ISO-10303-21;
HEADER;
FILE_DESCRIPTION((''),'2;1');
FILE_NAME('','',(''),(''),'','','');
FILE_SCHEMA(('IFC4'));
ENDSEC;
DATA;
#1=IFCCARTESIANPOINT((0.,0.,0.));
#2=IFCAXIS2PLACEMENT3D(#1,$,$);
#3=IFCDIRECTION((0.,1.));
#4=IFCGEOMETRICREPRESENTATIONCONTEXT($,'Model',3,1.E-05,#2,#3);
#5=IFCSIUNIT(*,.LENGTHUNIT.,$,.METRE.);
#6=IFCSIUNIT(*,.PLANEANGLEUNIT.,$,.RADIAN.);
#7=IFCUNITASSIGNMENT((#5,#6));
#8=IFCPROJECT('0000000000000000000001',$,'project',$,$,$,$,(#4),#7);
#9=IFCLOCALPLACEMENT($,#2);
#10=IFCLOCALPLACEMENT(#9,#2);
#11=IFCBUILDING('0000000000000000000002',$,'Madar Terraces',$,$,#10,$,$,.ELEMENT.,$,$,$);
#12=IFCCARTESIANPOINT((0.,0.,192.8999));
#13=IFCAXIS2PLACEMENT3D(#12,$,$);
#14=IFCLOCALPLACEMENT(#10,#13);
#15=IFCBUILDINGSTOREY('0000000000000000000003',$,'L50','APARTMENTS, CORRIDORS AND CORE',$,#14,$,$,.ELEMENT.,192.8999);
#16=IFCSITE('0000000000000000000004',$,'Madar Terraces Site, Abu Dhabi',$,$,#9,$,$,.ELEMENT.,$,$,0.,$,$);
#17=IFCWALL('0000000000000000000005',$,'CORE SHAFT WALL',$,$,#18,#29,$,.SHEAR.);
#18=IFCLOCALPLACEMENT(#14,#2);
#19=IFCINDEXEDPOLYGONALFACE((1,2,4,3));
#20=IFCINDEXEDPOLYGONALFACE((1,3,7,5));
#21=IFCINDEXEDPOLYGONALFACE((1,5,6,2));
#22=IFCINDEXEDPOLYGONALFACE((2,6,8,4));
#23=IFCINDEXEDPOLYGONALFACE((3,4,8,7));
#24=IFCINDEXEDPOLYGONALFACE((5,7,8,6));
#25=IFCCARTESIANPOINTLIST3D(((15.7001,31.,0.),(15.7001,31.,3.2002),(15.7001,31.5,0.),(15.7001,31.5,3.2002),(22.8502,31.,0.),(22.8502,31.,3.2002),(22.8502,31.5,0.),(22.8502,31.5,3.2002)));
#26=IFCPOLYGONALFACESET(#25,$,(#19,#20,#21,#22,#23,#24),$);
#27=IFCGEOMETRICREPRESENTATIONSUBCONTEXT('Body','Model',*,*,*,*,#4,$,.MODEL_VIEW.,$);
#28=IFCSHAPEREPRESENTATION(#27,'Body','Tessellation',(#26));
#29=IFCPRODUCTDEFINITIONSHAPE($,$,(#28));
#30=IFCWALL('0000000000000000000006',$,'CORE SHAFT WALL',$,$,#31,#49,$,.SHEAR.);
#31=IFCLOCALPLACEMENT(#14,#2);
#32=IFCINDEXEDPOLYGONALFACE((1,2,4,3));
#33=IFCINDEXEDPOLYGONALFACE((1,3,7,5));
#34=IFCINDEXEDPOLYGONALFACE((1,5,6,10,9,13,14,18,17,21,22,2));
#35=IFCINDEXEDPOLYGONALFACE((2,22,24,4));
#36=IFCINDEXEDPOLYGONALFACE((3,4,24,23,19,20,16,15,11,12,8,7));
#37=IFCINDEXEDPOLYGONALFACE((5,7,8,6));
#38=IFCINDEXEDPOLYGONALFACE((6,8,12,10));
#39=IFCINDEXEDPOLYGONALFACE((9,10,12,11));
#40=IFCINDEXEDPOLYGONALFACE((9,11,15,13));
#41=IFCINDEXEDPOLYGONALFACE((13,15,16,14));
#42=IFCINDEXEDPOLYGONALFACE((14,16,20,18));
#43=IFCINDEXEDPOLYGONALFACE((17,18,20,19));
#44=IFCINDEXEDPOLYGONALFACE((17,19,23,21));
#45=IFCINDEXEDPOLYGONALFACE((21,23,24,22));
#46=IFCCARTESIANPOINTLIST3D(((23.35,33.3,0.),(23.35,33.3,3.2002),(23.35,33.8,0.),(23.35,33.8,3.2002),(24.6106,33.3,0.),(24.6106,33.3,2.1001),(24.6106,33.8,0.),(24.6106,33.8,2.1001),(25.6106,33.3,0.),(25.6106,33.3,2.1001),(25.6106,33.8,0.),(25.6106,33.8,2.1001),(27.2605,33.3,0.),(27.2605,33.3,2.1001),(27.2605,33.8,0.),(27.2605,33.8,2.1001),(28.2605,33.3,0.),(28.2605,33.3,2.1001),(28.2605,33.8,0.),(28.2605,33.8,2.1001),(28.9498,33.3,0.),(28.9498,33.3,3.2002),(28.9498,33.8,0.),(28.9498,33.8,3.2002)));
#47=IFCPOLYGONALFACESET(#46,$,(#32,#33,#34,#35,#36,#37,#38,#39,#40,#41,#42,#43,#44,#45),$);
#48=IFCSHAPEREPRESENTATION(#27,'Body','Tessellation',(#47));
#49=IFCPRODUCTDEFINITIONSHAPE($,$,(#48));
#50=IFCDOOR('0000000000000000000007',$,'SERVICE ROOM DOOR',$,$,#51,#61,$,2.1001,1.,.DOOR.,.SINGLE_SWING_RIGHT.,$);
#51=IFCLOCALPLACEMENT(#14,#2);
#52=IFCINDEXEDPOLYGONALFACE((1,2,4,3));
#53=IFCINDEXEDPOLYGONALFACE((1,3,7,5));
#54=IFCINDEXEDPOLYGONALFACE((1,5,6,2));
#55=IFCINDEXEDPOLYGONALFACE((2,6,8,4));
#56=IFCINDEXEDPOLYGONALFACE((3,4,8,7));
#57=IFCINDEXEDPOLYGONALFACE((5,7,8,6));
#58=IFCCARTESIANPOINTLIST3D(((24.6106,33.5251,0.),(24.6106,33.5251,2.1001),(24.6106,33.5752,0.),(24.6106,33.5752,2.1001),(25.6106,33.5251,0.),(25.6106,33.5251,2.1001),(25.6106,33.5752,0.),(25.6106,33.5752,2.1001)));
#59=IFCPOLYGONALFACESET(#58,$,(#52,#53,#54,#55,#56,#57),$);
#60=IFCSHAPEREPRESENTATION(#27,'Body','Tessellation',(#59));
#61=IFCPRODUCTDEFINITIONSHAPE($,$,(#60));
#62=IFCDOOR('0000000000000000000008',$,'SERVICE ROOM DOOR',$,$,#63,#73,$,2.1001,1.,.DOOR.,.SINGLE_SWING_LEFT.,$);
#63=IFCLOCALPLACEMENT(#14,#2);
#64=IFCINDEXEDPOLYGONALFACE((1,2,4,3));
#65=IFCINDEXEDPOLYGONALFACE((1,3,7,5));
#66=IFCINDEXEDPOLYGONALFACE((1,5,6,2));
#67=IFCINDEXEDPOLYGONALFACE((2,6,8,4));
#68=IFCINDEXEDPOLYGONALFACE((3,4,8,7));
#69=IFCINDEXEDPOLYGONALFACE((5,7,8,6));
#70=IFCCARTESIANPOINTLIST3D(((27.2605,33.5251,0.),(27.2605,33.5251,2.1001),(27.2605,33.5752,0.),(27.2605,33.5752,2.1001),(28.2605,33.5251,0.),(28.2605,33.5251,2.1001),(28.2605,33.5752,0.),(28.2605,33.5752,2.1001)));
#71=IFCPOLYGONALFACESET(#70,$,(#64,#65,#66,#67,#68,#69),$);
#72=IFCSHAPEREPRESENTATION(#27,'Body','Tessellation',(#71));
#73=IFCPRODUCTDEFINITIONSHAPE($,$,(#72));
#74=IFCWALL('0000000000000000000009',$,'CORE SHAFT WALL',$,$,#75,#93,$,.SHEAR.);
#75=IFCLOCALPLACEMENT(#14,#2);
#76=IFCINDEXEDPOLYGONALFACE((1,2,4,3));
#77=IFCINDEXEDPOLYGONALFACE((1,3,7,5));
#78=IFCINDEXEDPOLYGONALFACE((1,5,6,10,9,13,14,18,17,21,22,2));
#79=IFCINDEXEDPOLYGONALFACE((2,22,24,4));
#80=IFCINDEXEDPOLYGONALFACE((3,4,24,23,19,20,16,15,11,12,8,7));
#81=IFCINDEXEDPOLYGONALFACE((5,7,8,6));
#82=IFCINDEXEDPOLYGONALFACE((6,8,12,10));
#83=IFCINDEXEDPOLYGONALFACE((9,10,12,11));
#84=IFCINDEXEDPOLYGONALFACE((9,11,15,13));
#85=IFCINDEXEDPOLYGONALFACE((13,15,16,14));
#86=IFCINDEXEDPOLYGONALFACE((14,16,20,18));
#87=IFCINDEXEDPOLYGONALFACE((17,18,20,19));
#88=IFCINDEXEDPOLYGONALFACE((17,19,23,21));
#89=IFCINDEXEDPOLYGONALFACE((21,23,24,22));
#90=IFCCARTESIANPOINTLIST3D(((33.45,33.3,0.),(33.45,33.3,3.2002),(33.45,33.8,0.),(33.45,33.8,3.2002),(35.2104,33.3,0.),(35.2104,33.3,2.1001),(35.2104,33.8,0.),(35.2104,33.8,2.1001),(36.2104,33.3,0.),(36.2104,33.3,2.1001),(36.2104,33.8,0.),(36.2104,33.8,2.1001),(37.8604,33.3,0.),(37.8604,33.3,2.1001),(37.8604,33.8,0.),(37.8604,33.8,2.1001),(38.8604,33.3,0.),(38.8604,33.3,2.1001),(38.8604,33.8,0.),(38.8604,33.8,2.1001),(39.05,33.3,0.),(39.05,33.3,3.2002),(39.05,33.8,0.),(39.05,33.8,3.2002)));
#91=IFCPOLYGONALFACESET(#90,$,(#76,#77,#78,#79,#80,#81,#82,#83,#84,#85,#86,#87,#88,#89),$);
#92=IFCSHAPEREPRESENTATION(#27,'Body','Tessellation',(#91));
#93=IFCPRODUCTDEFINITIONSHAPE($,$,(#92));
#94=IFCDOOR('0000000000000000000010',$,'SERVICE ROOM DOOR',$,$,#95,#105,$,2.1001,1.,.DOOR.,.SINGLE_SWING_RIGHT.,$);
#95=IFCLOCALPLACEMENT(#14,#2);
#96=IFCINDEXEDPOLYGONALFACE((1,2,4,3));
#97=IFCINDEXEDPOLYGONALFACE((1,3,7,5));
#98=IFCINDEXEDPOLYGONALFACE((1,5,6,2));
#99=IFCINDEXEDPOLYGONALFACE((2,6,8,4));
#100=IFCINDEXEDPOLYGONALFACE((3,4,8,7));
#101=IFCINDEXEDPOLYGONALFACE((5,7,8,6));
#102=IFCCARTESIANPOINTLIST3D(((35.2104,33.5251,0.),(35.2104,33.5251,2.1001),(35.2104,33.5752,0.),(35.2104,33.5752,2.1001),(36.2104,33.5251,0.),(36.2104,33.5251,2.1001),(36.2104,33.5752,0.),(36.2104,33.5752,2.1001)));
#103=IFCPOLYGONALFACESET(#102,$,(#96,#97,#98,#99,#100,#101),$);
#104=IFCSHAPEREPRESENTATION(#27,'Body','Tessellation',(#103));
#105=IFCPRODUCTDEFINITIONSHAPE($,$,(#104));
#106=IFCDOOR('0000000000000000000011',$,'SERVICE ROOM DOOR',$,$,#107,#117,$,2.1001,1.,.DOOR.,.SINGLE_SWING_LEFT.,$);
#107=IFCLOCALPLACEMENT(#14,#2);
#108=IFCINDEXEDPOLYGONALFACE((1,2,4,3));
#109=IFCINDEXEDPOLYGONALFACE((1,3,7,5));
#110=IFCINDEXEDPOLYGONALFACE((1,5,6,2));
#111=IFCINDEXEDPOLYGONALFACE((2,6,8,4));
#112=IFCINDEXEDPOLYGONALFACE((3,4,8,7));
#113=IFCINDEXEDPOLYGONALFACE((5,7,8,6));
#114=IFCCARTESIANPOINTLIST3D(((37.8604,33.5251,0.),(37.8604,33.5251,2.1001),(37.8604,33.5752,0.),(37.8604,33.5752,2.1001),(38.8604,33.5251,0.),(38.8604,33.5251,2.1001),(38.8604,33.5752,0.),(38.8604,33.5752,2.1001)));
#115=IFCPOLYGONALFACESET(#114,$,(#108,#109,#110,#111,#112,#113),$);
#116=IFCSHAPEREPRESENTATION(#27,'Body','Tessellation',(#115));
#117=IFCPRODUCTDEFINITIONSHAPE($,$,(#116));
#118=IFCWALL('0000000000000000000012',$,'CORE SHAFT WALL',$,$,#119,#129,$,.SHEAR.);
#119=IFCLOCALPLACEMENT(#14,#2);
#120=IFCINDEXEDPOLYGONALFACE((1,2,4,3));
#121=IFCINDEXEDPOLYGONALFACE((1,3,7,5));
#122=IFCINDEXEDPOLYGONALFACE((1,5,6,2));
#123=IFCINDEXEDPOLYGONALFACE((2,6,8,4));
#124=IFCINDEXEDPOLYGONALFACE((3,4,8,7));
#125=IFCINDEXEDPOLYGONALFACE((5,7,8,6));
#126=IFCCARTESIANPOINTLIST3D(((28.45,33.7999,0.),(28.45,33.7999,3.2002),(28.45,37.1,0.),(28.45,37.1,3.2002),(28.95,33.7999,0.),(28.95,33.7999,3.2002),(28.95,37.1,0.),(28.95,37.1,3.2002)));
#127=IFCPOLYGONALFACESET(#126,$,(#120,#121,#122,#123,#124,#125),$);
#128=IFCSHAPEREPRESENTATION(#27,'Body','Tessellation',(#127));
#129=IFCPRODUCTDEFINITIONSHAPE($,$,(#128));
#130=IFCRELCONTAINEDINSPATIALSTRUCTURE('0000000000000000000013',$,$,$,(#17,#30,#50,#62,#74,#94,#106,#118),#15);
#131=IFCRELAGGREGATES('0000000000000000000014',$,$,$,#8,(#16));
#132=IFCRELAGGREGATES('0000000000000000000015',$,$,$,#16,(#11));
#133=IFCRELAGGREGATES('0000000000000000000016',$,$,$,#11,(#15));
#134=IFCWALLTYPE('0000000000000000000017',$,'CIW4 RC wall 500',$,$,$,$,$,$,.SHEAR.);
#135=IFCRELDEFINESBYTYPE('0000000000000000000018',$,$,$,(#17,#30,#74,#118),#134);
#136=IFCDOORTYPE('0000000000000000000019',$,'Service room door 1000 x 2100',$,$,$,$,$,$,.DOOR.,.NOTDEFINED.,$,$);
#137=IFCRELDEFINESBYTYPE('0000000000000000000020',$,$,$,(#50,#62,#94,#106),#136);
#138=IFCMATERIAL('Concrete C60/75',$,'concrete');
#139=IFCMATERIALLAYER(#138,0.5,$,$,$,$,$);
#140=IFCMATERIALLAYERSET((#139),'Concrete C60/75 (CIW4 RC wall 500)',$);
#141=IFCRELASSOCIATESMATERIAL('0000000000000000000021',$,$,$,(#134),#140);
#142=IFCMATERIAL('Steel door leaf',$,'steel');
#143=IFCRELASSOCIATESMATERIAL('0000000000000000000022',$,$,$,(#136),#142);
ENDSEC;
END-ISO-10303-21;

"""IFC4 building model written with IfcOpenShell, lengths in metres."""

from ifc_helpers import new_model, si_unit, direction, frame, frame_2d, origin, place, context, subcontext, project, spatial, rectangle, extrude, material, layer, layer_set, type_object, element, fill, save


model = new_model("IFC4")

# Units and contexts
model_context = context("Model", 3, precision=1e-05, world=origin(), true_north=direction((0.0, 1.0)))
body_context = subcontext(model_context, "Body", "Model", "MODEL_VIEW")
ifc_project = project(units=[si_unit("LENGTHUNIT", "METRE"), si_unit("PLANEANGLEUNIT", "RADIAN")], contexts=[model_context])

# Site, building, storey
site_placement = place(None, origin())
site = spatial("IfcSite", under=ifc_project, at=site_placement, Name="Madar Terraces Site, Abu Dhabi", CompositionType="ELEMENT", RefElevation=0.0)
building_placement = place(site_placement, origin())
building = spatial("IfcBuilding", under=site, at=building_placement, Name="Madar Terraces", CompositionType="ELEMENT")
storey_placement = place(building_placement, frame((0.0, 0.0, 192.8999)))
storey = spatial("IfcBuildingStorey", under=building, at=storey_placement, Name="L50", Description="APARTMENTS, CORRIDORS AND CORE", CompositionType="ELEMENT", Elevation=192.8999)

# Wall
ifc_material_1 = material(Name="Concrete C60/75", Category="concrete")
ifc_layer_1 = layer(ifc_material_1, 0.5)
ifc_layer_set_1 = layer_set([ifc_layer_1], Name="Concrete C60/75 (CIW4 RC wall 500)")
wall_type_1 = type_object("IfcWallType", Name="CIW4 RC wall 500", PredefinedType="SHEAR", material=ifc_layer_set_1)
wall_1_placement = place(storey_placement, frame((15.7, 31.25, 0.0), z_axis=(0.0, 0.0, 1.0), x_axis=(1.0, 0.0, 0.0)))
element("IfcWall", 1, at=wall_1_placement, inside=storey, type_object=wall_type_1, Name="CORE SHAFT WALL", PredefinedType="SHEAR", context=body_context, shape_type="SweptSolid", body=[
    extrude(rectangle(XDim=7.1501, YDim=0.5, at=frame_2d((3.5752, 0.0))), origin(), (0.0, 0.0, 1.0), 3.2002),
])

# Walls, openings, doors
wall_2_placement = place(storey_placement, frame((23.3501, 33.55, 0.0), z_axis=(0.0, 0.0, 1.0), x_axis=(1.0, 0.0, 0.0)))
wall_2 = element("IfcWall", 2, at=wall_2_placement, inside=storey, type_object=wall_type_1, Name="CORE SHAFT WALL", PredefinedType="SHEAR", context=body_context, shape_type="SweptSolid", body=[
    extrude(rectangle(XDim=5.5999, YDim=0.5, at=frame_2d((2.7998, 0.0))), origin(), (0.0, 0.0, 1.0), 3.2002),
])
opening_1_placement = place(wall_2_placement, frame((1.2605, 0.0, 0.0)))
opening_1 = element("IfcOpeningElement", 3, at=opening_1_placement, cuts=wall_2, PredefinedType="OPENING", context=body_context, shape_type="SweptSolid", body=[
    extrude(rectangle(XDim=1.0, YDim=2.1001, at=frame_2d((0.5, 1.05))), frame((0.0, 0.26, 0.0), z_axis=(0.0, -1.0, 0.0), x_axis=(1.0, 0.0, 0.0)), (0.0, 0.0, 1.0), 0.52),
])
opening_2_placement = place(wall_2_placement, frame((3.9104, 0.0, 0.0)))
opening_2 = element("IfcOpeningElement", 4, at=opening_2_placement, cuts=wall_2, PredefinedType="OPENING", context=body_context, shape_type="SweptSolid", body=[
    extrude(rectangle(XDim=1.0, YDim=2.1001, at=frame_2d((0.5, 1.05))), frame((0.0, 0.26, 0.0), z_axis=(0.0, -1.0, 0.0), x_axis=(1.0, 0.0, 0.0)), (0.0, 0.0, 1.0), 0.52),
])
ifc_material_2 = material(Name="Steel door leaf", Category="steel")
door_type_1 = type_object("IfcDoorType", Name="Service room door 1000 x 2100", OperationType="NOTDEFINED", PredefinedType="DOOR", material=ifc_material_2)
door_1_placement = place(opening_1_placement, frame((1.0, 0.0, 0.0), z_axis=(0.0, 0.0, 1.0), x_axis=(-1.0, 0.0, 0.0)))
door_1 = element("IfcDoor", 5, at=door_1_placement, inside=storey, type_object=door_type_1, Name="SERVICE ROOM DOOR", OperationType="SINGLE_SWING_RIGHT", OverallHeight=2.1001, OverallWidth=1.0, PredefinedType="DOOR", context=body_context, shape_type="SweptSolid", body=[
    extrude(rectangle(XDim=1.0, YDim=2.1001, at=frame_2d((0.5, 1.05))), frame((0.0, 0.0249, 0.0), z_axis=(0.0, -1.0, 0.0), x_axis=(1.0, 0.0, 0.0)), (0.0, 0.0, 1.0), 0.05),
])
fill(opening_1, door_1)
door_2_placement = place(opening_2_placement, frame((1.0, 0.0, 0.0), z_axis=(0.0, 0.0, 1.0), x_axis=(-1.0, 0.0, 0.0)))
door_2 = element("IfcDoor", 6, at=door_2_placement, inside=storey, type_object=door_type_1, Name="SERVICE ROOM DOOR", OperationType="SINGLE_SWING_LEFT", OverallHeight=2.1001, OverallWidth=1.0, PredefinedType="DOOR", context=body_context, shape_type="SweptSolid", body=[
    extrude(rectangle(XDim=1.0, YDim=2.1001, at=frame_2d((0.5, 1.05))), frame((0.0, 0.0249, 0.0), z_axis=(0.0, -1.0, 0.0), x_axis=(1.0, 0.0, 0.0)), (0.0, 0.0, 1.0), 0.05),
])
fill(opening_2, door_2)
wall_3_placement = place(storey_placement, frame((33.45, 33.55, 0.0), z_axis=(0.0, 0.0, 1.0), x_axis=(1.0, 0.0, 0.0)))
wall_3 = element("IfcWall", 7, at=wall_3_placement, inside=storey, type_object=wall_type_1, Name="CORE SHAFT WALL", PredefinedType="SHEAR", context=body_context, shape_type="SweptSolid", body=[
    extrude(rectangle(XDim=5.6001, YDim=0.5, at=frame_2d((2.8, 0.0))), origin(), (0.0, 0.0, 1.0), 3.2002),
])
opening_3_placement = place(wall_3_placement, frame((1.7605, 0.0, 0.0)))
opening_3 = element("IfcOpeningElement", 8, at=opening_3_placement, cuts=wall_3, PredefinedType="OPENING", context=body_context, shape_type="SweptSolid", body=[
    extrude(rectangle(XDim=1.0, YDim=2.1001, at=frame_2d((0.5, 1.05))), frame((0.0, 0.26, 0.0), z_axis=(0.0, -1.0, 0.0), x_axis=(1.0, 0.0, 0.0)), (0.0, 0.0, 1.0), 0.52),
])
opening_4_placement = place(wall_3_placement, frame((4.4104, 0.0, 0.0)))
opening_4 = element("IfcOpeningElement", 9, at=opening_4_placement, cuts=wall_3, PredefinedType="OPENING", context=body_context, shape_type="SweptSolid", body=[
    extrude(rectangle(XDim=1.0, YDim=2.1001, at=frame_2d((0.5, 1.05))), frame((0.0, 0.26, 0.0), z_axis=(0.0, -1.0, 0.0), x_axis=(1.0, 0.0, 0.0)), (0.0, 0.0, 1.0), 0.52),
])
door_3_placement = place(opening_3_placement, frame((1.0, 0.0, 0.0), z_axis=(0.0, 0.0, 1.0), x_axis=(-1.0, 0.0, 0.0)))
door_3 = element("IfcDoor", 10, at=door_3_placement, inside=storey, type_object=door_type_1, Name="SERVICE ROOM DOOR", OperationType="SINGLE_SWING_RIGHT", OverallHeight=2.1001, OverallWidth=1.0, PredefinedType="DOOR", context=body_context, shape_type="SweptSolid", body=[
    extrude(rectangle(XDim=1.0, YDim=2.1001, at=frame_2d((0.5, 1.05))), frame((0.0, 0.0249, 0.0), z_axis=(0.0, -1.0, 0.0), x_axis=(1.0, 0.0, 0.0)), (0.0, 0.0, 1.0), 0.05),
])
fill(opening_3, door_3)
door_4_placement = place(opening_4_placement, frame((1.0, 0.0, 0.0), z_axis=(0.0, 0.0, 1.0), x_axis=(-1.0, 0.0, 0.0)))
door_4 = element("IfcDoor", 11, at=door_4_placement, inside=storey, type_object=door_type_1, Name="SERVICE ROOM DOOR", OperationType="SINGLE_SWING_LEFT", OverallHeight=2.1001, OverallWidth=1.0, PredefinedType="DOOR", context=body_context, shape_type="SweptSolid", body=[
    extrude(rectangle(XDim=1.0, YDim=2.1001, at=frame_2d((0.5, 1.05))), frame((0.0, 0.0249, 0.0), z_axis=(0.0, -1.0, 0.0), x_axis=(1.0, 0.0, 0.0)), (0.0, 0.0, 1.0), 0.05),
])
fill(opening_4, door_4)

# Wall
wall_4_placement = place(storey_placement, frame((28.7, 33.8, 0.0), z_axis=(0.0, 0.0, 1.0), x_axis=(0.0, 1.0, 0.0)))
element("IfcWall", 12, at=wall_4_placement, inside=storey, type_object=wall_type_1, Name="CORE SHAFT WALL", PredefinedType="SHEAR", context=body_context, shape_type="SweptSolid", body=[
    extrude(rectangle(XDim=3.3, YDim=0.5, at=frame_2d((1.6499, 0.0))), origin(), (0.0, 0.0, 1.0), 3.2002),
])

save(model, "model.ifc")
